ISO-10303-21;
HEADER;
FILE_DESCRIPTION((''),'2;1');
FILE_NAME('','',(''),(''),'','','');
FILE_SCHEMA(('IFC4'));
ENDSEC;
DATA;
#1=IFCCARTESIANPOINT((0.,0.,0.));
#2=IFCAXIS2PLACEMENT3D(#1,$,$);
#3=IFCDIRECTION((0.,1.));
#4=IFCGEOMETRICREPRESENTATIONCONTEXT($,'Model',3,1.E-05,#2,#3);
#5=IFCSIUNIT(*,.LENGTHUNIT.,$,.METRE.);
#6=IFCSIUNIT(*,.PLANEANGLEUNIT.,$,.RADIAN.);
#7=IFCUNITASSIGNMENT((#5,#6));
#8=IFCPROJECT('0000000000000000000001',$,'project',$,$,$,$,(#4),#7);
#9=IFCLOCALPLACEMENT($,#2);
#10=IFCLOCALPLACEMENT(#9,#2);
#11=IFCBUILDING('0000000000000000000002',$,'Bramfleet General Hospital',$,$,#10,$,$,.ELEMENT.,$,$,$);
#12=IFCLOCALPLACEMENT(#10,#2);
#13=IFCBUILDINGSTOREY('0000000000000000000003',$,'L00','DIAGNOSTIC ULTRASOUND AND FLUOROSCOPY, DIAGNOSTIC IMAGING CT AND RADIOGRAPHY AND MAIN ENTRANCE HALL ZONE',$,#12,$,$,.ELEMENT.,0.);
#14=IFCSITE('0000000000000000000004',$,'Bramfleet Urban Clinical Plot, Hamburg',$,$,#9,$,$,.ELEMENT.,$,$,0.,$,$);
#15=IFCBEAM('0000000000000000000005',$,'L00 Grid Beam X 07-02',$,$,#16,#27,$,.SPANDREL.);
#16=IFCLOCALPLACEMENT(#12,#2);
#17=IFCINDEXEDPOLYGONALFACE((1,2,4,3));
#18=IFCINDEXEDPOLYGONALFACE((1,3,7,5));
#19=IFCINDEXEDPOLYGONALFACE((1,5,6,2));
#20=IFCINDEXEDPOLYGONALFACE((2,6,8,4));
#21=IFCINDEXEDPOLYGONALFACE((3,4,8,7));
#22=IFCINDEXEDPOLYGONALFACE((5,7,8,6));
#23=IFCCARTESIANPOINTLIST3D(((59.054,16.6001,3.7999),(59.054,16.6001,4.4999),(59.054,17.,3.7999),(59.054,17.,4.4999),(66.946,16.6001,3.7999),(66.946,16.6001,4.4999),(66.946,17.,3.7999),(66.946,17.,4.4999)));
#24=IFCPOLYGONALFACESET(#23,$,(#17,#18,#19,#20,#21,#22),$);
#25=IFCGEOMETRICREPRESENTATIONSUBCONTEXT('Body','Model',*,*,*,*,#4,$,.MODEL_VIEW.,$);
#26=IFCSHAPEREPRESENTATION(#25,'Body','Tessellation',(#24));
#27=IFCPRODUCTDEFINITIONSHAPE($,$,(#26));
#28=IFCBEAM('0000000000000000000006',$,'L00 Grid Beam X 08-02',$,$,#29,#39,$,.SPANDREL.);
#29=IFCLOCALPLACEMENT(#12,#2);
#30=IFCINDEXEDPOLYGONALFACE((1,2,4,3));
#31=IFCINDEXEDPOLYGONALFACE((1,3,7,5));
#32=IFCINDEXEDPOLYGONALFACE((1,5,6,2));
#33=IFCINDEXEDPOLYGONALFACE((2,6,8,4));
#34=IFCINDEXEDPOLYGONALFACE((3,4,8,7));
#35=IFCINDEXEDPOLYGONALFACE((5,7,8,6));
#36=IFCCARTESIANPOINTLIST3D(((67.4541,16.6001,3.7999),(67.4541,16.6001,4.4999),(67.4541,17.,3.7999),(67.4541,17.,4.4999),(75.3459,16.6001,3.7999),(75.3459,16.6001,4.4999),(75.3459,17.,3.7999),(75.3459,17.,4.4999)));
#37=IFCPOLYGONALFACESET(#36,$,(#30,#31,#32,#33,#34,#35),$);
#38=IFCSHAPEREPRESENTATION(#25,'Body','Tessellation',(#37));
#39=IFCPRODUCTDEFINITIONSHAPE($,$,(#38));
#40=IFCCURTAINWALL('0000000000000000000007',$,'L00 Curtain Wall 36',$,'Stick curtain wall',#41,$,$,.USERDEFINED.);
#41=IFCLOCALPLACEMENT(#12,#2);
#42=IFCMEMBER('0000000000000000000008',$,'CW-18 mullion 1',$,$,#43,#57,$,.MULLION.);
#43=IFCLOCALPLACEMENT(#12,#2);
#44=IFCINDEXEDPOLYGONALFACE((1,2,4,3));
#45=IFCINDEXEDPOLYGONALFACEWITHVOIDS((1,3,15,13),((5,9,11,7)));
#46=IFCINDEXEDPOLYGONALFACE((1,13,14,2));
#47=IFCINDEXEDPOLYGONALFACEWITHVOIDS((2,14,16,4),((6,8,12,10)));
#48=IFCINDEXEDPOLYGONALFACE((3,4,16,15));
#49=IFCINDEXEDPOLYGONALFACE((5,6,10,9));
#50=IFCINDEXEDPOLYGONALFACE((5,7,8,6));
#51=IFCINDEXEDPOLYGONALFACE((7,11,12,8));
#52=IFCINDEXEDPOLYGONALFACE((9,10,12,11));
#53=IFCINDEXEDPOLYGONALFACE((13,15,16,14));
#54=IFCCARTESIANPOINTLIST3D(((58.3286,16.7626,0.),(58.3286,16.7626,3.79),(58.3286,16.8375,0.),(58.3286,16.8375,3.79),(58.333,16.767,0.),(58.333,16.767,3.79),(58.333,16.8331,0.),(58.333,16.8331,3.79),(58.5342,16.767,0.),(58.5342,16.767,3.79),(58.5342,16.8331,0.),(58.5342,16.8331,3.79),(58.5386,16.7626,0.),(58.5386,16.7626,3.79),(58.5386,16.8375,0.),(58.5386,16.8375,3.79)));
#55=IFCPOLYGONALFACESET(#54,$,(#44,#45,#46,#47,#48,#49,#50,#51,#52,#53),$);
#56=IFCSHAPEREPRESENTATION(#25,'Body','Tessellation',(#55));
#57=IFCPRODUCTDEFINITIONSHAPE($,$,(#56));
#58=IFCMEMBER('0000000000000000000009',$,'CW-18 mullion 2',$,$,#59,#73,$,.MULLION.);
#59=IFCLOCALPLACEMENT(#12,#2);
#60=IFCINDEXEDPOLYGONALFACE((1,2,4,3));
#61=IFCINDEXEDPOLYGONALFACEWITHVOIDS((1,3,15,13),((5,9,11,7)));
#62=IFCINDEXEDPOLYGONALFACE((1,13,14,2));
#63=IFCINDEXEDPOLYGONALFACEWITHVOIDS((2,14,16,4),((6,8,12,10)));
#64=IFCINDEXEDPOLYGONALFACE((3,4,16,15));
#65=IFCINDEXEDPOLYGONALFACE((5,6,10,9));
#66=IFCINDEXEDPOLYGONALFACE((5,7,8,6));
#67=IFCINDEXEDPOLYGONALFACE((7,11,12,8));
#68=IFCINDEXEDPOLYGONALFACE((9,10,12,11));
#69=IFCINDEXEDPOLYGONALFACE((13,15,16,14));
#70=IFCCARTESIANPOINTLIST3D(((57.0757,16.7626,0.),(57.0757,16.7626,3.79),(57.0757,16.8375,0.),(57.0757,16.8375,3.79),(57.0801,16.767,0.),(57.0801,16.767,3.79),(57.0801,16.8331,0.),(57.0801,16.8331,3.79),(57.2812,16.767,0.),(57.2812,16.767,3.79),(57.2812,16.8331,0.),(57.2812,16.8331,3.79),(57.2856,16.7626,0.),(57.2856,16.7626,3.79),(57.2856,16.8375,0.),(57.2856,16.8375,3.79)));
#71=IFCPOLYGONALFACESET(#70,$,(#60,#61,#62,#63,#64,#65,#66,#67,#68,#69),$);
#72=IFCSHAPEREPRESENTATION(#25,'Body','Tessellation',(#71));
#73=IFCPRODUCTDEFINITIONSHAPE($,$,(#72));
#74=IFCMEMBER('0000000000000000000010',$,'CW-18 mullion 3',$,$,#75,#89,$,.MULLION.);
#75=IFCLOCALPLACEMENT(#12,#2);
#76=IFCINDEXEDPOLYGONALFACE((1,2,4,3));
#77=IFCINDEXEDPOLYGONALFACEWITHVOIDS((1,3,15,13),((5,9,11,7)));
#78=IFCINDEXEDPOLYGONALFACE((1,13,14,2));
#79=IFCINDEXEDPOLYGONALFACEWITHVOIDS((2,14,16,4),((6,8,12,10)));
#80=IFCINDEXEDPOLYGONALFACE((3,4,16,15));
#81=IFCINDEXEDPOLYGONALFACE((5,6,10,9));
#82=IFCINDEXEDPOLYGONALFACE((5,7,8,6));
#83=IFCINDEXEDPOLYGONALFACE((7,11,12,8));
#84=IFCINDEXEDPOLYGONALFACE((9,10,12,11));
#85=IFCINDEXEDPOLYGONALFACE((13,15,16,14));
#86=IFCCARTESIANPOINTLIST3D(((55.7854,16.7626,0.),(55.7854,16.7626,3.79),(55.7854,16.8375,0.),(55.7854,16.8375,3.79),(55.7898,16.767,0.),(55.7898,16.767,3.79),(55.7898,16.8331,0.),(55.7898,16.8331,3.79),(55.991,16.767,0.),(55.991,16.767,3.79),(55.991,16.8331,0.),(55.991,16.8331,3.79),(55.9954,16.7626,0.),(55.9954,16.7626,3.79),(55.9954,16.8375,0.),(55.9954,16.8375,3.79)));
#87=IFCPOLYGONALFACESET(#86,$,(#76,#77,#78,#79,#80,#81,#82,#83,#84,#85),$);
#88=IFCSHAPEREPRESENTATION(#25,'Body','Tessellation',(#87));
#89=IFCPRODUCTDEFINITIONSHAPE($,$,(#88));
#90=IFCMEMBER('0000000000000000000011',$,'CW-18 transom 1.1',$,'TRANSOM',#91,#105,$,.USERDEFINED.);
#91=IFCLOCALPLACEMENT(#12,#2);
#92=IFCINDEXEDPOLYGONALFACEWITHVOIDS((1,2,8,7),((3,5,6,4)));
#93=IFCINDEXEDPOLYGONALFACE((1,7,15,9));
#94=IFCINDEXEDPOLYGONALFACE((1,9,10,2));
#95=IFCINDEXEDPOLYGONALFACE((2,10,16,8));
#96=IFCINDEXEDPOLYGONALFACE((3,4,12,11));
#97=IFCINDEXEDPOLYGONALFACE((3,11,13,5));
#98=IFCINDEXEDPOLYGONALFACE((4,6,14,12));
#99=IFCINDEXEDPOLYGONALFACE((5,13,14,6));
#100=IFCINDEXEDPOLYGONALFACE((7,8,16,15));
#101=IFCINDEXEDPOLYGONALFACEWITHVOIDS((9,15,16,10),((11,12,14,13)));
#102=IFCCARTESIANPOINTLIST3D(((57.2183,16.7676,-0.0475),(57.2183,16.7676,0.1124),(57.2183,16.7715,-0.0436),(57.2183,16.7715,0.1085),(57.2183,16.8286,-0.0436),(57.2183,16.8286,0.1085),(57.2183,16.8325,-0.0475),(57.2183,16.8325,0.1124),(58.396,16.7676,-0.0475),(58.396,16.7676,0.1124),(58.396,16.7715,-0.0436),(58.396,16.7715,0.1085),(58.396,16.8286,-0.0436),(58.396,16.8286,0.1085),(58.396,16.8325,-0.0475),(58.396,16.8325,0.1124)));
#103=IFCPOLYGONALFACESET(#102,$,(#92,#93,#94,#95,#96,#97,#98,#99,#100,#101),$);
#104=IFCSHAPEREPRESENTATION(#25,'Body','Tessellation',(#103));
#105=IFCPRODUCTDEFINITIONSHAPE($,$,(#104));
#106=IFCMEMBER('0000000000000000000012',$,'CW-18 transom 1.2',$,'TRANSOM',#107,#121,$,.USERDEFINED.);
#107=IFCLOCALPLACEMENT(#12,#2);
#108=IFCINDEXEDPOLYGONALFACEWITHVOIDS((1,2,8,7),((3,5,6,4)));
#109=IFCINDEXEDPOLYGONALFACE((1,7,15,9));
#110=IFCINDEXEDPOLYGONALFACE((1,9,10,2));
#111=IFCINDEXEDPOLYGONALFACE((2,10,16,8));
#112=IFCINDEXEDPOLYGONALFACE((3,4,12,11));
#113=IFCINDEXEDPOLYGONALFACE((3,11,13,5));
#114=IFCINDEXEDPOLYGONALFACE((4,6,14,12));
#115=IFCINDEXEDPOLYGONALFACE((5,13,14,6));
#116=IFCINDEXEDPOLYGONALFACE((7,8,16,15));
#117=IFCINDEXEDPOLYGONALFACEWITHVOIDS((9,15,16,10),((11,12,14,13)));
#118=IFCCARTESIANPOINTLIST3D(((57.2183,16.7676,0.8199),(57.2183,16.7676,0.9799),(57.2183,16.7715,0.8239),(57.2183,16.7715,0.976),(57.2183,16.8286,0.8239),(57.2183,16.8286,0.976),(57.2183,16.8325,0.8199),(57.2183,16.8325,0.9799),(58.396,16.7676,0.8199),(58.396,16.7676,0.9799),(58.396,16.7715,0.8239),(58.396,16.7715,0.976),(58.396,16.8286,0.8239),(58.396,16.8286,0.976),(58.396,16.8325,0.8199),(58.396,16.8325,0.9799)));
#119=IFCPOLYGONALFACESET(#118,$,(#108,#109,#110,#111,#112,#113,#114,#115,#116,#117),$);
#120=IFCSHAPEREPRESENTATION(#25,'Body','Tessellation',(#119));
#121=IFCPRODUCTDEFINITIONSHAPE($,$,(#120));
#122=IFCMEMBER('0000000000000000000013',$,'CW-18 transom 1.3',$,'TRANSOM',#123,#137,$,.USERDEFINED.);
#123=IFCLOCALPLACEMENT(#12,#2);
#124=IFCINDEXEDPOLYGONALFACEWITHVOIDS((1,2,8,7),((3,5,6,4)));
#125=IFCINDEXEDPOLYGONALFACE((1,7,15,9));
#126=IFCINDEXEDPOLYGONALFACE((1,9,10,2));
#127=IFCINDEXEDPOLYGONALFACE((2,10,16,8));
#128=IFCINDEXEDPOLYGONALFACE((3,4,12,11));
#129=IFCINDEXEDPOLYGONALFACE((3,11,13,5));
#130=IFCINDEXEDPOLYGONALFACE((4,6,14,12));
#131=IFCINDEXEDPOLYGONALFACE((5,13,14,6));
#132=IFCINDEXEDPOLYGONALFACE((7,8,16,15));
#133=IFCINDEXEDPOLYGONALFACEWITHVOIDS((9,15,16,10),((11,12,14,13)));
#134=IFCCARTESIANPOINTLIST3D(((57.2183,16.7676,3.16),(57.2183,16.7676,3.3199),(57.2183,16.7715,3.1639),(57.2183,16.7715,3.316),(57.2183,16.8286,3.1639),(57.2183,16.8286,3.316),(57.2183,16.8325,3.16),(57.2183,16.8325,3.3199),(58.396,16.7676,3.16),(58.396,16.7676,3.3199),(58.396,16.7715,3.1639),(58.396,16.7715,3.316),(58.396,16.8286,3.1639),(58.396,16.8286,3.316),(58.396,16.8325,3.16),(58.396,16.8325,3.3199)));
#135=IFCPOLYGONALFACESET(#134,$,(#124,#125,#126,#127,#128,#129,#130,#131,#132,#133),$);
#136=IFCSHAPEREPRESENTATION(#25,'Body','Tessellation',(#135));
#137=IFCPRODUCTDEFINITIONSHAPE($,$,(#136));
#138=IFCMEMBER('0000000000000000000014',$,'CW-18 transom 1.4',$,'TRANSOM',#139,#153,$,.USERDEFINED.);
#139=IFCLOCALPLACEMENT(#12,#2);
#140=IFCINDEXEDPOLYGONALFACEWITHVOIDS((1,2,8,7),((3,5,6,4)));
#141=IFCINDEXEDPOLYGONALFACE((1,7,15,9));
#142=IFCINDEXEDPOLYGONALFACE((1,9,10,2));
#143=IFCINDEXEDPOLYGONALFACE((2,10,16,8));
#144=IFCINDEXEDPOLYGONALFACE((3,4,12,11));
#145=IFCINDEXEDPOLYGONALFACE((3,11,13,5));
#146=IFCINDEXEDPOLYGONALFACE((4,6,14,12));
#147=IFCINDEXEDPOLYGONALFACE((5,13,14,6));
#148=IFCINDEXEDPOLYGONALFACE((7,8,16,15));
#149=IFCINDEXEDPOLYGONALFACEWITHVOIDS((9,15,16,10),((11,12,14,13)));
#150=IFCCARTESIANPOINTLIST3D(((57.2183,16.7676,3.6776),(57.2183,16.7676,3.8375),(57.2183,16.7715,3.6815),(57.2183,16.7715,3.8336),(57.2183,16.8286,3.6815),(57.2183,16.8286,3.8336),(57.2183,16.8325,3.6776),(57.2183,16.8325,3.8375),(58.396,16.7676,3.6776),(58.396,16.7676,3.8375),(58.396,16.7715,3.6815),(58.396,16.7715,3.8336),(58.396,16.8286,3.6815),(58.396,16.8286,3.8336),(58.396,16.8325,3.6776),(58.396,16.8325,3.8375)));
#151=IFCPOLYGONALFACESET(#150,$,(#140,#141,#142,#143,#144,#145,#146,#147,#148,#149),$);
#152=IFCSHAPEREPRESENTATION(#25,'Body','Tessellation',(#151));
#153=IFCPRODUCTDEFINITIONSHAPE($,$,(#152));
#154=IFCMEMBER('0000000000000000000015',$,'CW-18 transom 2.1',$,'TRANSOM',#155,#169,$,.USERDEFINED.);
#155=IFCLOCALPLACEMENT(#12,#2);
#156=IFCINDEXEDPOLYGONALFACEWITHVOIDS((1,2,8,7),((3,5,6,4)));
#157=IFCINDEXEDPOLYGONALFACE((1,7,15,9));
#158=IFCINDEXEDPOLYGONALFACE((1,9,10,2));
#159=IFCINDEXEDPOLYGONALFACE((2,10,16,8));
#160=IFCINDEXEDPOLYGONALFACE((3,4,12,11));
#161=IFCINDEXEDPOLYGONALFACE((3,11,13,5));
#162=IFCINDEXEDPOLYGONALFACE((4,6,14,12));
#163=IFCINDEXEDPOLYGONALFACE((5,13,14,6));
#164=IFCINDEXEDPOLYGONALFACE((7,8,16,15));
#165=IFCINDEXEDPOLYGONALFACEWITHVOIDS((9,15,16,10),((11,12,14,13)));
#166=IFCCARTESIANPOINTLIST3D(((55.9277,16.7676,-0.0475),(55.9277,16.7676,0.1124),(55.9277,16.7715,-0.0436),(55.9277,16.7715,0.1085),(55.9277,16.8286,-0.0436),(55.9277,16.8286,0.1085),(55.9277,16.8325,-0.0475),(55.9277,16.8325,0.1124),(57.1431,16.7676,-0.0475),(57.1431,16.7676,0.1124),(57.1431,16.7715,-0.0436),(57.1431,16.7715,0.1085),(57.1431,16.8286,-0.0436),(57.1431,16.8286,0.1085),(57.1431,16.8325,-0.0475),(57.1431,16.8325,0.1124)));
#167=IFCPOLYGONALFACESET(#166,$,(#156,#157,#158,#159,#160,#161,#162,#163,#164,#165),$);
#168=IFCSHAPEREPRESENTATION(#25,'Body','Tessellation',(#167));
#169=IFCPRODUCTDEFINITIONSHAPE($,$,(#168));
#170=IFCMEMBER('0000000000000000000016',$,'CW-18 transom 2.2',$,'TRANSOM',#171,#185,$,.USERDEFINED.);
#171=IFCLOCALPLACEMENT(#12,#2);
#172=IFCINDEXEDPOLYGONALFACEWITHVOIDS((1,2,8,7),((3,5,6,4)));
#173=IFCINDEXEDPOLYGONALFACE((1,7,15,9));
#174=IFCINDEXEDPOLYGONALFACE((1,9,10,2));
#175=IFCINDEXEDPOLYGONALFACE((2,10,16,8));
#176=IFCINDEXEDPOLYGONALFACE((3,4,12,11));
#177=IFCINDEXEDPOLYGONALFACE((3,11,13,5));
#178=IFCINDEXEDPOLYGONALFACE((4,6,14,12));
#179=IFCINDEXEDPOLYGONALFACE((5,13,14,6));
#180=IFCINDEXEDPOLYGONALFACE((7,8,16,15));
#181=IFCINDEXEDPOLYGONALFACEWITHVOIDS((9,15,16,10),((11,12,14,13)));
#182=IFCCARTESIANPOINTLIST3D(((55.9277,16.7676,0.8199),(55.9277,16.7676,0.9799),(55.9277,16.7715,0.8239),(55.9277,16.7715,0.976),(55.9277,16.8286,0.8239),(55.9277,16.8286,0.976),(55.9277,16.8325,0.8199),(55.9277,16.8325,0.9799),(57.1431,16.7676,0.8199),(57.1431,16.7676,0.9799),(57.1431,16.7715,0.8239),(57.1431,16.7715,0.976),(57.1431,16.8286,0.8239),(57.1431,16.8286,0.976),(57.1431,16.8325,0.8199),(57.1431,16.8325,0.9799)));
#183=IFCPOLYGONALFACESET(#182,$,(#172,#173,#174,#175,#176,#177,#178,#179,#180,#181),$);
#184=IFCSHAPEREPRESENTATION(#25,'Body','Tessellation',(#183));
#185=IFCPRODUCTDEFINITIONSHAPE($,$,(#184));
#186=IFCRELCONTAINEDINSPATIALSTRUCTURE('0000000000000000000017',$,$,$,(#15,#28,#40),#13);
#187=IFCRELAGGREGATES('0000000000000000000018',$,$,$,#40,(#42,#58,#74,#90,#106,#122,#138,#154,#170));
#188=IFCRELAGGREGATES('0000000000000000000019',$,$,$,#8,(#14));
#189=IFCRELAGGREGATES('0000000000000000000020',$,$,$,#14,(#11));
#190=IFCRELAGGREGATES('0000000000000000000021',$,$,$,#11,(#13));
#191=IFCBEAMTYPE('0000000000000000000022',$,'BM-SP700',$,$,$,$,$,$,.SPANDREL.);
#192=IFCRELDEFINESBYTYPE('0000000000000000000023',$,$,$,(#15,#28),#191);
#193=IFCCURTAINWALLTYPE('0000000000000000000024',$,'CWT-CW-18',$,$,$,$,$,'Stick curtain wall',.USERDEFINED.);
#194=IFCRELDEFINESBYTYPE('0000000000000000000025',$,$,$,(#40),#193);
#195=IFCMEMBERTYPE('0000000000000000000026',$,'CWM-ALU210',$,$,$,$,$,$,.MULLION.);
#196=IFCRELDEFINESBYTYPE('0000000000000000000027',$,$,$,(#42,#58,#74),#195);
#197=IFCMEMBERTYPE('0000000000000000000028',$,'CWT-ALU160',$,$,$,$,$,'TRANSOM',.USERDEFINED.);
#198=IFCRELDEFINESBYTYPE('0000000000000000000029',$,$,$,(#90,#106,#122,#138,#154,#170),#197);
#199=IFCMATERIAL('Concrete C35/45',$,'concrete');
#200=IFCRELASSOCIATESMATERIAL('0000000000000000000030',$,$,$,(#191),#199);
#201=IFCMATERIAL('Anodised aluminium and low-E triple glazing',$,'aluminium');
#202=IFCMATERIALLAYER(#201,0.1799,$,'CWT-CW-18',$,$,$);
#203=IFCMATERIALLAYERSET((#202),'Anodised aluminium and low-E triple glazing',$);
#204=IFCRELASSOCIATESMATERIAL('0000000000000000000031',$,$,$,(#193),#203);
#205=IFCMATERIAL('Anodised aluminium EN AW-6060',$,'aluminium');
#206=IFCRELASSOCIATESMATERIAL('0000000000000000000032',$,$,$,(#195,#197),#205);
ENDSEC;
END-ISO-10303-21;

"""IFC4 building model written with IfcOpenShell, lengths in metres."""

from ifc_helpers import new_model, si_unit, direction, frame, origin, origin_2d, place, context, subcontext, project, spatial, rectangle, hollow_rectangle, extrude, material, layer, layer_set, material_profile, profile_set, type_object, element, aggregate, save


model = new_model("IFC4")

# Units and contexts
model_context = context("Model", 3, precision=1e-05, world=origin(), true_north=direction((0.0, 1.0)))
body_context = subcontext(model_context, "Body", "Model", "MODEL_VIEW")
ifc_project = project(units=[si_unit("LENGTHUNIT", "METRE"), si_unit("PLANEANGLEUNIT", "RADIAN")], contexts=[model_context])

# Site, building, storey
site_placement = place(None, origin())
site = spatial("IfcSite", under=ifc_project, at=site_placement, Name="Bramfleet Urban Clinical Plot, Hamburg", CompositionType="ELEMENT", RefElevation=0.0)
building_placement = place(site_placement, origin())
building = spatial("IfcBuilding", under=site, at=building_placement, Name="Bramfleet General Hospital", CompositionType="ELEMENT")
storey_placement = place(building_placement, origin())
storey = spatial("IfcBuildingStorey", under=building, at=storey_placement, Name="L00", Description="DIAGNOSTIC ULTRASOUND AND FLUOROSCOPY, DIAGNOSTIC IMAGING CT AND RADIOGRAPHY AND MAIN ENTRANCE HALL ZONE", CompositionType="ELEMENT", Elevation=0.0)

# Beams
ifc_material_1 = material(Name="Concrete C35/45", Category="concrete")
ifc_material_profile_1 = material_profile(ifc_material_1, rectangle(XDim=0.3999, YDim=0.7, at=origin_2d()), Name="RC SP 700x400")
ifc_profile_set_1 = profile_set([ifc_material_profile_1], Name="Concrete C35/45")
beam_type_1 = type_object("IfcBeamType", Name="BM-SP700", PredefinedType="SPANDREL", material=ifc_profile_set_1)
beam_1_placement = place(storey_placement, frame((59.054, 16.8, 4.1499), z_axis=(1.0, 0.0, 0.0), x_axis=(0.0, 1.0, 0.0)))
element("IfcBeam", 1, at=beam_1_placement, inside=storey, type_object=beam_type_1, Name="L00 Grid Beam X 07-02", PredefinedType="SPANDREL", context=body_context, shape_type="SweptSolid", body=[
    extrude(rectangle(XDim=0.3999, YDim=0.7, at=origin_2d()), origin(), (0.0, 0.0, 1.0), 7.8921),
])
beam_2_placement = place(storey_placement, frame((67.4541, 16.8, 4.1499), z_axis=(1.0, 0.0, 0.0), x_axis=(0.0, 1.0, 0.0)))
element("IfcBeam", 2, at=beam_2_placement, inside=storey, type_object=beam_type_1, Name="L00 Grid Beam X 08-02", PredefinedType="SPANDREL", context=body_context, shape_type="SweptSolid", body=[
    extrude(rectangle(XDim=0.3999, YDim=0.7, at=origin_2d()), origin(), (0.0, 0.0, 1.0), 7.8918),
])

# Curtain wall, members
ifc_material_2 = material(Name="Anodised aluminium and low-E triple glazing", Category="aluminium")
ifc_layer_1 = layer(ifc_material_2, 0.1799, Name="CWT-CW-18")
ifc_layer_set_1 = layer_set([ifc_layer_1], Name="Anodised aluminium and low-E triple glazing")
curtain_wall_type = type_object("IfcCurtainWallType", Name="CWT-CW-18", ElementType="Stick curtain wall", PredefinedType="USERDEFINED", material=ifc_layer_set_1)
curtain_wall_placement = place(storey_placement, origin())
curtain_wall = element("IfcCurtainWall", 3, at=curtain_wall_placement, inside=storey, type_object=curtain_wall_type, Name="L00 Curtain Wall 36", ObjectType="Stick curtain wall", PredefinedType="USERDEFINED")
ifc_material_3 = material(Name="Anodised aluminium EN AW-6060", Category="aluminium")
ifc_material_profile_2 = material_profile(ifc_material_3, hollow_rectangle(XDim=0.075, YDim=0.21, WallThickness=0.0044, at=origin_2d()), Name="ALU 210x75x4.5")
ifc_profile_set_2 = profile_set([ifc_material_profile_2], Name="Anodised aluminium EN AW-6060")
member_type_1 = type_object("IfcMemberType", Name="CWM-ALU210", PredefinedType="MULLION", material=ifc_profile_set_2)
member_1_placement = place(storey_placement, frame((58.4336, 16.8, 0.0), z_axis=(0.0, 0.0, 1.0), x_axis=(0.0, -1.0, 0.0)))
member_1 = element("IfcMember", 4, at=member_1_placement, type_object=member_type_1, Name="CW-18 mullion 1", PredefinedType="MULLION", context=body_context, shape_type="SweptSolid", body=[
    extrude(hollow_rectangle(XDim=0.075, YDim=0.21, WallThickness=0.0044, at=origin_2d()), origin(), (0.0, 0.0, 1.0), 3.79),
])
member_2_placement = place(storey_placement, frame((57.1807, 16.8, 0.0), z_axis=(0.0, 0.0, 1.0), x_axis=(0.0, -1.0, 0.0)))
member_2 = element("IfcMember", 5, at=member_2_placement, type_object=member_type_1, Name="CW-18 mullion 2", PredefinedType="MULLION", context=body_context, shape_type="SweptSolid", body=[
    extrude(hollow_rectangle(XDim=0.075, YDim=0.21, WallThickness=0.0044, at=origin_2d()), origin(), (0.0, 0.0, 1.0), 3.79),
])
member_3_placement = place(storey_placement, frame((55.8904, 16.8, 0.0), z_axis=(0.0, 0.0, 1.0), x_axis=(0.0, -1.0, 0.0)))
member_3 = element("IfcMember", 6, at=member_3_placement, type_object=member_type_1, Name="CW-18 mullion 3", PredefinedType="MULLION", context=body_context, shape_type="SweptSolid", body=[
    extrude(hollow_rectangle(XDim=0.075, YDim=0.21, WallThickness=0.0044, at=origin_2d()), origin(), (0.0, 0.0, 1.0), 3.79),
])
ifc_material_profile_3 = material_profile(ifc_material_3, hollow_rectangle(XDim=0.0649, YDim=0.1599, WallThickness=0.0039, at=origin_2d()), Name="ALU 160x65x4.0")
ifc_profile_set_3 = profile_set([ifc_material_profile_3], Name="Anodised aluminium EN AW-6060")
member_type_2 = type_object("IfcMemberType", Name="CWT-ALU160", ElementType="TRANSOM", PredefinedType="USERDEFINED", material=ifc_profile_set_3)
member_4_placement = place(storey_placement, frame((58.396, 16.8, 0.0325), z_axis=(-1.0, 0.0, 0.0), x_axis=(0.0, -1.0, 0.0)))
member_4 = element("IfcMember", 7, at=member_4_placement, type_object=member_type_2, Name="CW-18 transom 1.1", ObjectType="TRANSOM", PredefinedType="USERDEFINED", context=body_context, shape_type="SweptSolid", body=[
    extrude(hollow_rectangle(XDim=0.0649, YDim=0.1599, WallThickness=0.0039, at=origin_2d()), origin(), (0.0, 0.0, 1.0), 1.1777),
])
member_5_placement = place(storey_placement, frame((58.396, 16.8, 0.8999), z_axis=(-1.0, 0.0, 0.0), x_axis=(0.0, -1.0, 0.0)))
member_5 = element("IfcMember", 8, at=member_5_placement, type_object=member_type_2, Name="CW-18 transom 1.2", ObjectType="TRANSOM", PredefinedType="USERDEFINED", context=body_context, shape_type="SweptSolid", body=[
    extrude(hollow_rectangle(XDim=0.0649, YDim=0.1599, WallThickness=0.0039, at=origin_2d()), origin(), (0.0, 0.0, 1.0), 1.1777),
])
member_6_placement = place(storey_placement, frame((58.396, 16.8, 3.24), z_axis=(-1.0, 0.0, 0.0), x_axis=(0.0, -1.0, 0.0)))
member_6 = element("IfcMember", 9, at=member_6_placement, type_object=member_type_2, Name="CW-18 transom 1.3", ObjectType="TRANSOM", PredefinedType="USERDEFINED", context=body_context, shape_type="SweptSolid", body=[
    extrude(hollow_rectangle(XDim=0.0649, YDim=0.1599, WallThickness=0.0039, at=origin_2d()), origin(), (0.0, 0.0, 1.0), 1.1777),
])
member_7_placement = place(storey_placement, frame((58.396, 16.8, 3.7576), z_axis=(-1.0, 0.0, 0.0), x_axis=(0.0, -1.0, 0.0)))
member_7 = element("IfcMember", 10, at=member_7_placement, type_object=member_type_2, Name="CW-18 transom 1.4", ObjectType="TRANSOM", PredefinedType="USERDEFINED", context=body_context, shape_type="SweptSolid", body=[
    extrude(hollow_rectangle(XDim=0.0649, YDim=0.1599, WallThickness=0.0039, at=origin_2d()), origin(), (0.0, 0.0, 1.0), 1.1777),
])
member_8_placement = place(storey_placement, frame((57.1431, 16.8, 0.0325), z_axis=(-1.0, 0.0, 0.0), x_axis=(0.0, -1.0, 0.0)))
member_8 = element("IfcMember", 11, at=member_8_placement, type_object=member_type_2, Name="CW-18 transom 2.1", ObjectType="TRANSOM", PredefinedType="USERDEFINED", context=body_context, shape_type="SweptSolid", body=[
    extrude(hollow_rectangle(XDim=0.0649, YDim=0.1599, WallThickness=0.0039, at=origin_2d()), origin(), (0.0, 0.0, 1.0), 1.2153),
])
member_9_placement = place(storey_placement, frame((57.1431, 16.8, 0.8999), z_axis=(-1.0, 0.0, 0.0), x_axis=(0.0, -1.0, 0.0)))
member_9 = element("IfcMember", 12, at=member_9_placement, type_object=member_type_2, Name="CW-18 transom 2.2", ObjectType="TRANSOM", PredefinedType="USERDEFINED", context=body_context, shape_type="SweptSolid", body=[
    extrude(hollow_rectangle(XDim=0.0649, YDim=0.1599, WallThickness=0.0039, at=origin_2d()), origin(), (0.0, 0.0, 1.0), 1.2153),
])
aggregate(curtain_wall, [member_1, member_2, member_3, member_4, member_5, member_6, member_7, member_8, member_9])

save(model, "model.ifc")
